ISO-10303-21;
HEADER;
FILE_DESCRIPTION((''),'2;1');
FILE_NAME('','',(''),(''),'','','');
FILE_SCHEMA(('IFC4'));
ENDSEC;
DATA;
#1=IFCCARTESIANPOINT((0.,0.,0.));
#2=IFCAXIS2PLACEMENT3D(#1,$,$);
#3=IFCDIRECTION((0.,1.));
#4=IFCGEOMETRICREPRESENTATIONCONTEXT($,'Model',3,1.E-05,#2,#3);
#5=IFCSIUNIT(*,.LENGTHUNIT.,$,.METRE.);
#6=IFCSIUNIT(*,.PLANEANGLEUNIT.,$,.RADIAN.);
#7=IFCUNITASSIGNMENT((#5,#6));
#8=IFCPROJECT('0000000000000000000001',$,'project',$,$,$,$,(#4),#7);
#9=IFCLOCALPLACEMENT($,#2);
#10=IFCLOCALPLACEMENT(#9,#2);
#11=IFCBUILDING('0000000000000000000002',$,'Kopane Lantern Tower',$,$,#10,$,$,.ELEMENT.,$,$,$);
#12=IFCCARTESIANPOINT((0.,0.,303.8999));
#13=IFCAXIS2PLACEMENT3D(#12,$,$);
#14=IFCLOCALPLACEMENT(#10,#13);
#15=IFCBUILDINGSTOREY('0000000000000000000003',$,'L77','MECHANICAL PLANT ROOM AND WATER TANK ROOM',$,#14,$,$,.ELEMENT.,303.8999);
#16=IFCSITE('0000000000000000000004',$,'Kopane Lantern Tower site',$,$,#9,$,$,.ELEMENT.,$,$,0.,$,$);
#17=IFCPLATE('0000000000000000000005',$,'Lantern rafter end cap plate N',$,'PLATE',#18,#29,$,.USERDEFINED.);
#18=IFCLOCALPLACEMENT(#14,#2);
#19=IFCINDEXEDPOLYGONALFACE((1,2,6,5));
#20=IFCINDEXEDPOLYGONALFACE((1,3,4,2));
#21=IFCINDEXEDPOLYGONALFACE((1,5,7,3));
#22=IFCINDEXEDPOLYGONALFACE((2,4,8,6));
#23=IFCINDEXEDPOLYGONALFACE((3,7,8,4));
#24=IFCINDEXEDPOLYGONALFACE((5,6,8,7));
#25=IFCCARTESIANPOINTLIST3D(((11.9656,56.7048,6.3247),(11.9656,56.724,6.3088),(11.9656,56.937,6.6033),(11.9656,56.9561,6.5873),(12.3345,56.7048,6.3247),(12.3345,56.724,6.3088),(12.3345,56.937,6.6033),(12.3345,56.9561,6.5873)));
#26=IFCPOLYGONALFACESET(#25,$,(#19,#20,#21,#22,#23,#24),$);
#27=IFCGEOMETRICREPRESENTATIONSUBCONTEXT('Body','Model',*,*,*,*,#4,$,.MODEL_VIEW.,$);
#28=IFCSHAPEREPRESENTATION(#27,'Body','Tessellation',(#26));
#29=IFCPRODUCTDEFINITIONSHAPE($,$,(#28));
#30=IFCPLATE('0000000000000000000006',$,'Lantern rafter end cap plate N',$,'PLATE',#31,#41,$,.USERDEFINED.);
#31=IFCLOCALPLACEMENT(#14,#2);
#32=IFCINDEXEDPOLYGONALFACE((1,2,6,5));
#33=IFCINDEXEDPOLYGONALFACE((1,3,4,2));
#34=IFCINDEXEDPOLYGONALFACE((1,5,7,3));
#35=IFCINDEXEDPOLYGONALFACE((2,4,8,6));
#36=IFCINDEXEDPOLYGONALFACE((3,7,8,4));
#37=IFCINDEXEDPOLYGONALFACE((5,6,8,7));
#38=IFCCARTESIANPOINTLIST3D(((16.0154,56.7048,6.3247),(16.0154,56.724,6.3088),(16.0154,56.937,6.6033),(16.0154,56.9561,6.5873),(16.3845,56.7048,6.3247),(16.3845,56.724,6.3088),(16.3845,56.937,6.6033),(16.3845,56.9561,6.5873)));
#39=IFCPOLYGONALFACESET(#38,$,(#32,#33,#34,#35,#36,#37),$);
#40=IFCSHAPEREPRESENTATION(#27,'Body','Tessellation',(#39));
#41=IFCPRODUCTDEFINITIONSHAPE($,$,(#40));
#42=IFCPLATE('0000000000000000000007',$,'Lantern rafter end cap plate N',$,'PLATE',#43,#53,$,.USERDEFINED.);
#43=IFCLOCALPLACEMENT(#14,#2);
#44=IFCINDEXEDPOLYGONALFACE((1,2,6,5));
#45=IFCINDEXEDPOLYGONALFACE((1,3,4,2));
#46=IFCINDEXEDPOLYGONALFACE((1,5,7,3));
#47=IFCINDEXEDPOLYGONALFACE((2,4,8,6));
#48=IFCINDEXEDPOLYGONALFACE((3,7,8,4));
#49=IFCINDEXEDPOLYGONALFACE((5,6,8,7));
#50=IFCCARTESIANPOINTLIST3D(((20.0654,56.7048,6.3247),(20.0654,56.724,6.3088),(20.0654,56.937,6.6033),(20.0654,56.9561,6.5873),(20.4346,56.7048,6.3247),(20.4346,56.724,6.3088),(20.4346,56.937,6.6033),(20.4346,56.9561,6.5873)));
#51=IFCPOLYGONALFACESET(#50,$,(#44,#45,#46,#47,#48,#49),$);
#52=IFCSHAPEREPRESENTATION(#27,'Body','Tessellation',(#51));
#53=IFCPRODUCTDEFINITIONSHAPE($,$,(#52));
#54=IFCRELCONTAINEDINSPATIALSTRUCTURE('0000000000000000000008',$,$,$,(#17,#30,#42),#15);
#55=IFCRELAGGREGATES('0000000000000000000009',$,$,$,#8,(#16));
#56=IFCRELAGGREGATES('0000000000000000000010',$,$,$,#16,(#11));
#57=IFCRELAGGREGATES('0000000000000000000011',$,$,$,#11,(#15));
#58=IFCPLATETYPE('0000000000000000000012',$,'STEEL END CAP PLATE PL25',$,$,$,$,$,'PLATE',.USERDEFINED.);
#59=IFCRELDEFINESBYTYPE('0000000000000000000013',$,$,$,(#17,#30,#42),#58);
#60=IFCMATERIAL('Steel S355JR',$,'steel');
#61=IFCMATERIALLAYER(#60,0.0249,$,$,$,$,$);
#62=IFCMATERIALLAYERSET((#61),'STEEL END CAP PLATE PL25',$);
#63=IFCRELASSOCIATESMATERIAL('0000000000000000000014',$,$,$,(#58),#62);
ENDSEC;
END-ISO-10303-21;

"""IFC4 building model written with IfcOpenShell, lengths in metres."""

from ifc_helpers import new_model, si_unit, direction, frame, origin, place, context, subcontext, project, spatial, polyline, outline, extrude, material, layer, layer_set, type_object, element, save


model = new_model("IFC4")

# Units and contexts
model_context = context("Model", 3, precision=1e-05, world=origin(), true_north=direction((0.0, 1.0)))
body_context = subcontext(model_context, "Body", "Model", "MODEL_VIEW")
ifc_project = project(units=[si_unit("LENGTHUNIT", "METRE"), si_unit("PLANEANGLEUNIT", "RADIAN")], contexts=[model_context])

# Site, building, storey
site_placement = place(None, origin())
site = spatial("IfcSite", under=ifc_project, at=site_placement, Name="Kopane Lantern Tower site", CompositionType="ELEMENT", RefElevation=0.0)
building_placement = place(site_placement, origin())
building = spatial("IfcBuilding", under=site, at=building_placement, Name="Kopane Lantern Tower", CompositionType="ELEMENT")
storey_placement = place(building_placement, frame((0.0, 0.0, 303.8999)))
storey = spatial("IfcBuildingStorey", under=building, at=storey_placement, Name="L77", Description="MECHANICAL PLANT ROOM AND WATER TANK ROOM", CompositionType="ELEMENT", Elevation=303.8999)

# Plates
ifc_material_1 = material(Name="Steel S355JR", Category="steel")
ifc_layer_1 = layer(ifc_material_1, 0.0249)
ifc_layer_set_1 = layer_set([ifc_layer_1], Name="STEEL END CAP PLATE PL25")
plate_type_1 = type_object("IfcPlateType", Name="STEEL END CAP PLATE PL25", ElementType="PLATE", PredefinedType="USERDEFINED", material=ifc_layer_set_1)
plate_placement = place(storey_placement, frame((11.9656, 56.7048, 6.3247), z_axis=(0.0, -0.768166, 0.640251), x_axis=(1.0, 0.0, 0.0)))
element("IfcPlate", 1, at=plate_placement, inside=storey, type_object=plate_type_1, Name="Lantern rafter end cap plate N", ObjectType="PLATE", PredefinedType="USERDEFINED", context=body_context, shape_type="SweptSolid", body=[
    extrude(outline(polyline([(0.0, 0.0), (0.3689, 0.0), (0.3689, 0.3626), (0.0, 0.3626), (0.0, 0.0)])), origin(), (0.0, 0.0, -1.0), 0.0249),
])
for number, where, z_axis, x_axis, name in (
    (2, (16.0154, 56.7048, 6.3247), (0.0, -0.768166, 0.640251), (1.0, 0.0, 0.0), "Lantern rafter end cap plate N"),
    (3, (20.0654, 56.7048, 6.3247), (0.0, -0.768166, 0.640251), (1.0, 0.0, 0.0), "Lantern rafter end cap plate N"),
):
    element("IfcPlate", number, at=place(storey_placement, frame(where, z_axis=z_axis, x_axis=x_axis)), inside=storey, type_object=plate_type_1, Name=name, ObjectType="PLATE", PredefinedType="USERDEFINED", context=body_context, shape_type="SweptSolid", body=[
        extrude(outline(polyline([(0.0, 0.0), (0.3691, 0.0), (0.3691, 0.3626), (0.0, 0.3626), (0.0, 0.0)])), origin(), (0.0, 0.0, -1.0), 0.0249),
    ])

save(model, "model.ifc")
